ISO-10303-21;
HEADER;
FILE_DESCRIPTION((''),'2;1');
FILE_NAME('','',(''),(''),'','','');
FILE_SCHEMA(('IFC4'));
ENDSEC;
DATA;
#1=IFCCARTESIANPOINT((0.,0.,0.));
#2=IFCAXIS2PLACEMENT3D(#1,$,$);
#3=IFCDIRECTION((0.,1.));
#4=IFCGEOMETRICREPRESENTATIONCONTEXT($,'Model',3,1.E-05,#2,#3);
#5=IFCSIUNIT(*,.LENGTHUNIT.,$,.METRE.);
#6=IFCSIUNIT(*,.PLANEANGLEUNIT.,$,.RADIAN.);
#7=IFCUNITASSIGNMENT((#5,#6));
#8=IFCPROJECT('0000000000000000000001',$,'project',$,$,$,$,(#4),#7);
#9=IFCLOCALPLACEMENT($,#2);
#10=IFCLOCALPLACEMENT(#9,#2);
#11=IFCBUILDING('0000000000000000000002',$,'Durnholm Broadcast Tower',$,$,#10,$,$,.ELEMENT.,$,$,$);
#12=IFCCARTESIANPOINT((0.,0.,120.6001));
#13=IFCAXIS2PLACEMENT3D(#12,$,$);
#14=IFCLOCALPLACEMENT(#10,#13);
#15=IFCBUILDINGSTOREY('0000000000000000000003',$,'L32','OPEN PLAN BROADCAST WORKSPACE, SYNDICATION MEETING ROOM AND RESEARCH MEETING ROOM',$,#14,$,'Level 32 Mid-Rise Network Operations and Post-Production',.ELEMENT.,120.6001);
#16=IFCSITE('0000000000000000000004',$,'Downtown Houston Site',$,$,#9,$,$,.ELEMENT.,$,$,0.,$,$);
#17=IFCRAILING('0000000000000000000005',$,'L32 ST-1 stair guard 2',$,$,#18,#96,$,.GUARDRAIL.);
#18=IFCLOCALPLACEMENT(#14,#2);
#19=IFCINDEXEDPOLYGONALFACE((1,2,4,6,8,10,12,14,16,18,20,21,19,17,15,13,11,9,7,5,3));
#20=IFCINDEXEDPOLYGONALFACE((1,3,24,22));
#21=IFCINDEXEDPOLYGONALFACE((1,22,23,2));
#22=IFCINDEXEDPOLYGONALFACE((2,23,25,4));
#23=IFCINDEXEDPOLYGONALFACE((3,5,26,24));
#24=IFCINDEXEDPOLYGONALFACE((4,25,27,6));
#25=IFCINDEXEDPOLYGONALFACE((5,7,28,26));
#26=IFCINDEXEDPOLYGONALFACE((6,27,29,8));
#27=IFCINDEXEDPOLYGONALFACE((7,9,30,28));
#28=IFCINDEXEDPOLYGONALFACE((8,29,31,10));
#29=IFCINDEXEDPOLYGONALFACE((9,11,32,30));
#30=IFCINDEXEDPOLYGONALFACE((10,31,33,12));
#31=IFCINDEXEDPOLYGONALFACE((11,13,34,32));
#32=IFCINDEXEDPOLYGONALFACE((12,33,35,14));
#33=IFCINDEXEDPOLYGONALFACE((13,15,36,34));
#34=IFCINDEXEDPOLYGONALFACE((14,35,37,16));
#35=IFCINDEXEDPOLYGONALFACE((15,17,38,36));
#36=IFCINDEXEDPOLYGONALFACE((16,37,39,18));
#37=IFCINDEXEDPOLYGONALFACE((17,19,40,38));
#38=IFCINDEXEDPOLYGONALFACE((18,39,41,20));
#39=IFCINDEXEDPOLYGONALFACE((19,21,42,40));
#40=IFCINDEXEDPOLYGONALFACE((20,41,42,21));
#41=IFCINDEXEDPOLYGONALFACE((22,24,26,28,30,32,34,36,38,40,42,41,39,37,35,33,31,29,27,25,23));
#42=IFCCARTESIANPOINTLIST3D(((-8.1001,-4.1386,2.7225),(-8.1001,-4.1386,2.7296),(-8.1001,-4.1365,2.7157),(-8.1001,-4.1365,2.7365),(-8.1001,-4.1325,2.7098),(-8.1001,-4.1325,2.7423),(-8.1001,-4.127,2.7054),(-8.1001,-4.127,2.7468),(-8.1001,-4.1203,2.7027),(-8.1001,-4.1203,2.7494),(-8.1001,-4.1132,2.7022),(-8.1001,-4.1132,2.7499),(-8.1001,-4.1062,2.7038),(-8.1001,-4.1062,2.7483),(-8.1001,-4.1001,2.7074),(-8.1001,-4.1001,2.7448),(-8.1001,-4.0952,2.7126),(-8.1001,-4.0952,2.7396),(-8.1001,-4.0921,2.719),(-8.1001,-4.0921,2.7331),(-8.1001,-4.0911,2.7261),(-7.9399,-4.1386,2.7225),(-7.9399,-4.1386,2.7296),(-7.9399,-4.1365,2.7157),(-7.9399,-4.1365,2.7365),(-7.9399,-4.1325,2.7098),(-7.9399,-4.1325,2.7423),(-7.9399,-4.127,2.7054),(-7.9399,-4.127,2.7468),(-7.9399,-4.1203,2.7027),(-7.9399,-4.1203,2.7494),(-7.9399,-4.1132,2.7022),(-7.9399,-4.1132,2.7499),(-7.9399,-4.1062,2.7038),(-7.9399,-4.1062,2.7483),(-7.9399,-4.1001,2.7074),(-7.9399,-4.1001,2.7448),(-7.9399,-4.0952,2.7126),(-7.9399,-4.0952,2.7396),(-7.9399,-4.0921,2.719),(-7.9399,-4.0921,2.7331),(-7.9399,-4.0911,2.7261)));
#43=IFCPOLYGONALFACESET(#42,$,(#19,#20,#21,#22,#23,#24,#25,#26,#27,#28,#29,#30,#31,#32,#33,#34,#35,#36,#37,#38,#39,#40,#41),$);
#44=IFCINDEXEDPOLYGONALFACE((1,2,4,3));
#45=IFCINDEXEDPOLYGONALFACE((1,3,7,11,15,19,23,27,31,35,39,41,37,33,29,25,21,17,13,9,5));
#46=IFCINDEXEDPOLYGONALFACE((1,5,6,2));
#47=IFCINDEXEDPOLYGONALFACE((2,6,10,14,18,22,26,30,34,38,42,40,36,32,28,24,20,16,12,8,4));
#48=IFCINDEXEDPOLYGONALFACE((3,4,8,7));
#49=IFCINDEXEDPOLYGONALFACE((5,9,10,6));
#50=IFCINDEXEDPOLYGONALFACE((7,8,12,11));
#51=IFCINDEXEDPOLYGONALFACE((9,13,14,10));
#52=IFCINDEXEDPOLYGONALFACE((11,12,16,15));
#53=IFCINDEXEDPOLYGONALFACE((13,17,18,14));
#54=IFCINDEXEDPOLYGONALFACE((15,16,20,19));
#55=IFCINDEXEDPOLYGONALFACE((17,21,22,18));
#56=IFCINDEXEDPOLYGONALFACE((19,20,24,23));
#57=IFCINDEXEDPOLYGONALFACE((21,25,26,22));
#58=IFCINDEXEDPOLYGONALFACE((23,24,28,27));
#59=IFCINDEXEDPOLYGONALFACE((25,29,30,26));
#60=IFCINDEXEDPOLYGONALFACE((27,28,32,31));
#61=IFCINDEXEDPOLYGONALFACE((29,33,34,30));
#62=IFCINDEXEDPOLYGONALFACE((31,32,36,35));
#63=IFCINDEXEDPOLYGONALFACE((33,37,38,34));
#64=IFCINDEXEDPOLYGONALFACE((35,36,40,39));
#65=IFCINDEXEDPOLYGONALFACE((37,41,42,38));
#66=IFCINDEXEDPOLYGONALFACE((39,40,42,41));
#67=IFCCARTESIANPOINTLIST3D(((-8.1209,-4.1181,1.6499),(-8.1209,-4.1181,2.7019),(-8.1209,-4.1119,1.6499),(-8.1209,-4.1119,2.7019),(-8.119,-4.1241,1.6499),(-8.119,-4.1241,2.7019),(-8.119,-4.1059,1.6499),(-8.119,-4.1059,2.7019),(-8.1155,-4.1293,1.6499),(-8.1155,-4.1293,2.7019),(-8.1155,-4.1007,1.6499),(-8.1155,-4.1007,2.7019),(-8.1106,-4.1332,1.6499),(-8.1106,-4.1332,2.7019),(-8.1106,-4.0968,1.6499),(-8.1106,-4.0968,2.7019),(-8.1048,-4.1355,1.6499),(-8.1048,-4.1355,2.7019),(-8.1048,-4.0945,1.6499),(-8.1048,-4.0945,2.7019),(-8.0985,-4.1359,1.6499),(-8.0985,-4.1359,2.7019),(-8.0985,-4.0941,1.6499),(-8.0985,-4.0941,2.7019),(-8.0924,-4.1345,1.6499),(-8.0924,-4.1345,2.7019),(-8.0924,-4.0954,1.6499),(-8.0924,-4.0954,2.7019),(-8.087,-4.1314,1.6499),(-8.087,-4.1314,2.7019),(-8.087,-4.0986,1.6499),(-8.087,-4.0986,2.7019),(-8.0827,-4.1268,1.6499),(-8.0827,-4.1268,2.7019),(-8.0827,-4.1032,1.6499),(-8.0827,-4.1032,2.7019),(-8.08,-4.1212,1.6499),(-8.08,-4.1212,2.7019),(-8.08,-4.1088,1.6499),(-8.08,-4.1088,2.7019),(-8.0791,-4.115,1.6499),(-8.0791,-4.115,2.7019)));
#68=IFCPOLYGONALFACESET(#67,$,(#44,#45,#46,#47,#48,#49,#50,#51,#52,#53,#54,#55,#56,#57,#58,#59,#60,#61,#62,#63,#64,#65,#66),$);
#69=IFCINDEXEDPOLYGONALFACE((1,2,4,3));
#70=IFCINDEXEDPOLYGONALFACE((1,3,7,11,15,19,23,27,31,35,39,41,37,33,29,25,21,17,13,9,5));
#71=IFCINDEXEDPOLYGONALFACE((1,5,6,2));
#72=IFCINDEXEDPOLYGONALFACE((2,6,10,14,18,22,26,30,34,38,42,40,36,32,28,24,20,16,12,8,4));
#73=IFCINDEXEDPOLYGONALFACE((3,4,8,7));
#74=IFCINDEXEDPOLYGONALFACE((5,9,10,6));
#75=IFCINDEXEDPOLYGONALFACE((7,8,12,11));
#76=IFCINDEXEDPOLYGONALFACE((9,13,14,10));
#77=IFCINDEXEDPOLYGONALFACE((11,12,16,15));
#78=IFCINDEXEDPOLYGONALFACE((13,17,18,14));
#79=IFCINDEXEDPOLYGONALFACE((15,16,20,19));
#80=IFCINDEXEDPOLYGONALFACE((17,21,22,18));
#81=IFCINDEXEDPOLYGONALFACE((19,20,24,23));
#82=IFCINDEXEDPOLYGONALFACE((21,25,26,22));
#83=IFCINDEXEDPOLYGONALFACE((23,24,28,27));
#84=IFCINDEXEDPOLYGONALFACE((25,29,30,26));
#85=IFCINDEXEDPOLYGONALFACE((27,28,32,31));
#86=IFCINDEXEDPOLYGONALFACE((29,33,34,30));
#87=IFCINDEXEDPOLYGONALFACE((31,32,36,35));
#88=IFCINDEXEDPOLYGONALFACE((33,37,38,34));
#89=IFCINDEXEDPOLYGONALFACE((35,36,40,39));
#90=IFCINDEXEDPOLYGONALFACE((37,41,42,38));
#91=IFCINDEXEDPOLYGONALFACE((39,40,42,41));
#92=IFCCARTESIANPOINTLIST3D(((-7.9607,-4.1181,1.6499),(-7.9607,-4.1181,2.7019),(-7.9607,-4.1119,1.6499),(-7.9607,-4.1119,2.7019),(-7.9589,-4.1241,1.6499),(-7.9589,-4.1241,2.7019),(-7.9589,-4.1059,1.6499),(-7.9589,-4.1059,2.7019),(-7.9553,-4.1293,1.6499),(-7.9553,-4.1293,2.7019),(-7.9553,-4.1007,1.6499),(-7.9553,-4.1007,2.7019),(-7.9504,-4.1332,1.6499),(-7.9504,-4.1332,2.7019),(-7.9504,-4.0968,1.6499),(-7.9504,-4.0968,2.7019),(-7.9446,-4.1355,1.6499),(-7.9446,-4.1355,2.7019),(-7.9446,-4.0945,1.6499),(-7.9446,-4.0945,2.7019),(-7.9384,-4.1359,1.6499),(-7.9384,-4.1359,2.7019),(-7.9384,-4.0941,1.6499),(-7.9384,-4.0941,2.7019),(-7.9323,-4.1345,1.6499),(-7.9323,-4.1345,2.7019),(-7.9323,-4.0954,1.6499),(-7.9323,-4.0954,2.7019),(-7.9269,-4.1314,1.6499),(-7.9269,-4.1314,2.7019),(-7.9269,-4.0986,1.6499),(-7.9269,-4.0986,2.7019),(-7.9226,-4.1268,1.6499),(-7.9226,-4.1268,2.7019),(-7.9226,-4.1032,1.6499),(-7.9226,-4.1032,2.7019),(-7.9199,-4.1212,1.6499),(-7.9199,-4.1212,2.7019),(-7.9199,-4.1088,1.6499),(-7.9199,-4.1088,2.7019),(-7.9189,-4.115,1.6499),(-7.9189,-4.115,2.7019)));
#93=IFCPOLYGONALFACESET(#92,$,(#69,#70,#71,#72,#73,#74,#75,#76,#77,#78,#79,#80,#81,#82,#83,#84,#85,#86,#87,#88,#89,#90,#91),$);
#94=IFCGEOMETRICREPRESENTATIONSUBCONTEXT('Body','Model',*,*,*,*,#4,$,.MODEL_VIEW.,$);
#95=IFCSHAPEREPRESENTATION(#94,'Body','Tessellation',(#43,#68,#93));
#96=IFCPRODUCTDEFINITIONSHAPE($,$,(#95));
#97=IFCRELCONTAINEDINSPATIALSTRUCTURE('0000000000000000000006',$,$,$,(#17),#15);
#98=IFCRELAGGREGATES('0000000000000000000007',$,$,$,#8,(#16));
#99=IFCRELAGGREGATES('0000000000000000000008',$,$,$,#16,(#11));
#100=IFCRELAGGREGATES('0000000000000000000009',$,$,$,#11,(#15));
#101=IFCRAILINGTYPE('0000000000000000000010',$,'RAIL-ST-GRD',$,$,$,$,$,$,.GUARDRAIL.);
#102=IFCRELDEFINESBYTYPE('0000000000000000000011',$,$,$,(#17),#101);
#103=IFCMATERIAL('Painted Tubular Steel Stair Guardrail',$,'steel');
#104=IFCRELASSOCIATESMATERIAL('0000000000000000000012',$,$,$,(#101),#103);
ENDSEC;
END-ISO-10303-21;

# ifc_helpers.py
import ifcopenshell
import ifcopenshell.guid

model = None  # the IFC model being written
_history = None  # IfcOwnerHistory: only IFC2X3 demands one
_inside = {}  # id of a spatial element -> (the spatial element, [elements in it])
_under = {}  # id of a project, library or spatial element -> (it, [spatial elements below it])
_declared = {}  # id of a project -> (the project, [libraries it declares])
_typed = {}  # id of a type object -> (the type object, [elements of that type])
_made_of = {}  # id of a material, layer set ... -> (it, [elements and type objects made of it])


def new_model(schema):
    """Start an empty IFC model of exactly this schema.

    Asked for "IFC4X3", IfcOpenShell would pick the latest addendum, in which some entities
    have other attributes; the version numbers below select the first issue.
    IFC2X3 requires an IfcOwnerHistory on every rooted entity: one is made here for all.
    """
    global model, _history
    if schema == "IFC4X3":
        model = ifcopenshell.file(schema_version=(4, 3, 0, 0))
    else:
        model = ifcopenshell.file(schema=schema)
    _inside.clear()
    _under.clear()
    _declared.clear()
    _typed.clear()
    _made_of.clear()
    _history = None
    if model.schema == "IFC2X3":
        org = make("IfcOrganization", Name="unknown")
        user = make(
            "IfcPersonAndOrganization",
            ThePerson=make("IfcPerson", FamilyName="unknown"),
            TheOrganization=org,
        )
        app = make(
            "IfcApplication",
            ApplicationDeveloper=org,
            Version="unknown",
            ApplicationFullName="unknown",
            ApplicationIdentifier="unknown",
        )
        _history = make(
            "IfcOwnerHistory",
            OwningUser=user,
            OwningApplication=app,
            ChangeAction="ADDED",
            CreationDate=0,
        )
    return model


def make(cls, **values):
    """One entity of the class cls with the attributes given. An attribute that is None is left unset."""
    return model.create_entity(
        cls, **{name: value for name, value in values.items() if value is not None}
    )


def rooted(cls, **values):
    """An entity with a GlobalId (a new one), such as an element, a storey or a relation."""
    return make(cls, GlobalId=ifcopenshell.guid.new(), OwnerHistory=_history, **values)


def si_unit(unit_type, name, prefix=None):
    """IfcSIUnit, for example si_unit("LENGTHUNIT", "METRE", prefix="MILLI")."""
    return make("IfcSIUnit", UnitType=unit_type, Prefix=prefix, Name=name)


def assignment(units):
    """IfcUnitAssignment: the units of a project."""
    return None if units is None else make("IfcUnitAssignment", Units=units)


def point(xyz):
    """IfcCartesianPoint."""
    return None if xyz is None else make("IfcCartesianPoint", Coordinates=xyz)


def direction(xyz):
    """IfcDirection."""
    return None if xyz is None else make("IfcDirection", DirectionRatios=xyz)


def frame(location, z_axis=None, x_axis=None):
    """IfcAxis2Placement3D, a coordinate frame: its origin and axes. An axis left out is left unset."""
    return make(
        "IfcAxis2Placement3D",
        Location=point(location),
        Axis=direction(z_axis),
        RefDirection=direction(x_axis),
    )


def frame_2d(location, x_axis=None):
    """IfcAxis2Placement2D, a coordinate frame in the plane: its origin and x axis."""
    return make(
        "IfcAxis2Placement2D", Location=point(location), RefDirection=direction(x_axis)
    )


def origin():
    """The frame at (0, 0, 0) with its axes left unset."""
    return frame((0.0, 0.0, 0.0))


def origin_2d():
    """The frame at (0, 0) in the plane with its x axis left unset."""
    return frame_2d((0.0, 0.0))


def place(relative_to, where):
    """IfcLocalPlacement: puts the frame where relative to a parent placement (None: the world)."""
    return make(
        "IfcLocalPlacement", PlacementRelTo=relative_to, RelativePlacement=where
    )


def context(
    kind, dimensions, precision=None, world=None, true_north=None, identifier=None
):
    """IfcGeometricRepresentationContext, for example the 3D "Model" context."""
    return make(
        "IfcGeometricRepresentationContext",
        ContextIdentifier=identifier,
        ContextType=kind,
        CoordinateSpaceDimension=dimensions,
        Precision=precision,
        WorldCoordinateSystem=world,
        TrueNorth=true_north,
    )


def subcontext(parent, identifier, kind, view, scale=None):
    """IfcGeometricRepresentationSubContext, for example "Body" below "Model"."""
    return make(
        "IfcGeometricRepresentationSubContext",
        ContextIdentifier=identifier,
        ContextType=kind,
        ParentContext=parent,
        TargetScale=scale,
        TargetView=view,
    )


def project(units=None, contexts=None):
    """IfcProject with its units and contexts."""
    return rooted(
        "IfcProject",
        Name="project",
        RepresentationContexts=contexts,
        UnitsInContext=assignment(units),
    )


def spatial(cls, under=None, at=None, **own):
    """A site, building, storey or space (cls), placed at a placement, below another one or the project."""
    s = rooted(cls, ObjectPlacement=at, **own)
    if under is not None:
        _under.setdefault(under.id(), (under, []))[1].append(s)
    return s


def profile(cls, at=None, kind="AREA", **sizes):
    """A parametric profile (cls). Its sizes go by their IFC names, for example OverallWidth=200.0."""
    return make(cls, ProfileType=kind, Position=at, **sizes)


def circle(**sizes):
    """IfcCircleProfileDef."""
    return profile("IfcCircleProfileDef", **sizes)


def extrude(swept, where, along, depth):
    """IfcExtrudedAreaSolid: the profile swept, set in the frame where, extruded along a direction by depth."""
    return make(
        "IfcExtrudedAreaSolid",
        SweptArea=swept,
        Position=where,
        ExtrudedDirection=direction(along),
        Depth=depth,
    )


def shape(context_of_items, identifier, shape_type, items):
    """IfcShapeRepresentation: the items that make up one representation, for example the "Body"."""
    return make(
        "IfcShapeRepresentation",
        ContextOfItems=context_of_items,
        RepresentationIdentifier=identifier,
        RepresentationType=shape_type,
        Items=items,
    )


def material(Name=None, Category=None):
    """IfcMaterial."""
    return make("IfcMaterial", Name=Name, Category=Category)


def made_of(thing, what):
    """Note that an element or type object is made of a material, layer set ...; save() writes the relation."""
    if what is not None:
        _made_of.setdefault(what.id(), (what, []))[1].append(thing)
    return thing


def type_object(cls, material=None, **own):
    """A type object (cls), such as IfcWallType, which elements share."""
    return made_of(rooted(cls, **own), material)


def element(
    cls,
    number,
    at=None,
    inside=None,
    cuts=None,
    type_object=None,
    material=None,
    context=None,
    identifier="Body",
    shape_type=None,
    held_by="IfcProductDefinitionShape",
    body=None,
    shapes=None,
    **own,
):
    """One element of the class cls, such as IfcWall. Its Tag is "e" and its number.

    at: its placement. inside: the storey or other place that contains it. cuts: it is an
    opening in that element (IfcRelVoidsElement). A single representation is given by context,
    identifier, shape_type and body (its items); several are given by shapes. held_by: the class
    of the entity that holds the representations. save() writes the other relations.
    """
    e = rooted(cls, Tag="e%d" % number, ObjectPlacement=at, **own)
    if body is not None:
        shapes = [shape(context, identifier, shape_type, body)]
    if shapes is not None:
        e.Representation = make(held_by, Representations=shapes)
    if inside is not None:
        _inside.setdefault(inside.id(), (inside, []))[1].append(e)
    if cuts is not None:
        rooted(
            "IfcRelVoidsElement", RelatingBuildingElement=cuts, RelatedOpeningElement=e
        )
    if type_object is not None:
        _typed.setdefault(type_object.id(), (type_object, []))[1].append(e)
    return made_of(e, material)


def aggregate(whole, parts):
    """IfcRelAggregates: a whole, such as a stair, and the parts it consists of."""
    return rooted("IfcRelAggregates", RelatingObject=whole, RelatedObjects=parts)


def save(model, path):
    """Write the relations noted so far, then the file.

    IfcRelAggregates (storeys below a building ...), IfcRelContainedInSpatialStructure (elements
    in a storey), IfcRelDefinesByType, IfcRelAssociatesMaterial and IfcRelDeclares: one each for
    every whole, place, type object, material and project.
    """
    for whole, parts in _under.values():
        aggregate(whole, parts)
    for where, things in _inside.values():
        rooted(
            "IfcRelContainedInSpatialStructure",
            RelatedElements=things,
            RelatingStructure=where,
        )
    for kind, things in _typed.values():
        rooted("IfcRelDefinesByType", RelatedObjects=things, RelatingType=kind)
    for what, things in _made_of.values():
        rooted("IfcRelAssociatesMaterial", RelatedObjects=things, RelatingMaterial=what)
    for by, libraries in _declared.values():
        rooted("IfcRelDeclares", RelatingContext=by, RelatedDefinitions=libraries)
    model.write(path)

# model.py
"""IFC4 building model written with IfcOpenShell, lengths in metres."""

from ifc_helpers import new_model, si_unit, direction, frame, origin, origin_2d, place, context, subcontext, project, spatial, circle, extrude, material, type_object, element, save


model = new_model("IFC4")

# Units and contexts
model_context = context("Model", 3, precision=1e-05, world=origin(), true_north=direction((0.0, 1.0)))
body_context = subcontext(model_context, "Body", "Model", "MODEL_VIEW")
ifc_project = project(units=[si_unit("LENGTHUNIT", "METRE"), si_unit("PLANEANGLEUNIT", "RADIAN")], contexts=[model_context])

# Site, building, storey
site_placement = place(None, origin())
site = spatial("IfcSite", under=ifc_project, at=site_placement, Name="Downtown Houston Site", CompositionType="ELEMENT", RefElevation=0.0)
building_placement = place(site_placement, origin())
building = spatial("IfcBuilding", under=site, at=building_placement, Name="Durnholm Broadcast Tower", CompositionType="ELEMENT")
storey_placement = place(building_placement, frame((0.0, 0.0, 120.6001)))
storey = spatial("IfcBuildingStorey", under=building, at=storey_placement, Name="L32", Description="OPEN PLAN BROADCAST WORKSPACE, SYNDICATION MEETING ROOM AND RESEARCH MEETING ROOM", LongName="Level 32 Mid-Rise Network Operations and Post-Production", CompositionType="ELEMENT", Elevation=120.6001)

# Railing
ifc_material_1 = material(Name="Painted Tubular Steel Stair Guardrail", Category="steel")
railing_type_1 = type_object("IfcRailingType", Name="RAIL-ST-GRD", PredefinedType="GUARDRAIL", material=ifc_material_1)
railing_1_placement = place(storey_placement, frame((-8.1001, -4.115, 1.6499)))
element("IfcRailing", 1, at=railing_1_placement, inside=storey, type_object=railing_type_1, Name="L32 ST-1 stair guard 2", PredefinedType="GUARDRAIL", context=body_context, shape_type="SweptSolid", body=[
    extrude(circle(Radius=0.0239, at=origin_2d()), frame((0.0, 0.0, 1.0762), z_axis=(1.0, 0.0, 0.0), x_axis=(0.0, 1.0, 0.0)), (0.0, 0.0, 1.0), 0.1602),
    extrude(circle(Radius=0.021, at=origin_2d()), origin(), (0.0, 0.0, 1.0), 1.052),
    extrude(circle(Radius=0.021, at=origin_2d()), frame((0.1602, 0.0, 0.0)), (0.0, 0.0, 1.0), 1.052),
])

save(model, "model.ifc")
